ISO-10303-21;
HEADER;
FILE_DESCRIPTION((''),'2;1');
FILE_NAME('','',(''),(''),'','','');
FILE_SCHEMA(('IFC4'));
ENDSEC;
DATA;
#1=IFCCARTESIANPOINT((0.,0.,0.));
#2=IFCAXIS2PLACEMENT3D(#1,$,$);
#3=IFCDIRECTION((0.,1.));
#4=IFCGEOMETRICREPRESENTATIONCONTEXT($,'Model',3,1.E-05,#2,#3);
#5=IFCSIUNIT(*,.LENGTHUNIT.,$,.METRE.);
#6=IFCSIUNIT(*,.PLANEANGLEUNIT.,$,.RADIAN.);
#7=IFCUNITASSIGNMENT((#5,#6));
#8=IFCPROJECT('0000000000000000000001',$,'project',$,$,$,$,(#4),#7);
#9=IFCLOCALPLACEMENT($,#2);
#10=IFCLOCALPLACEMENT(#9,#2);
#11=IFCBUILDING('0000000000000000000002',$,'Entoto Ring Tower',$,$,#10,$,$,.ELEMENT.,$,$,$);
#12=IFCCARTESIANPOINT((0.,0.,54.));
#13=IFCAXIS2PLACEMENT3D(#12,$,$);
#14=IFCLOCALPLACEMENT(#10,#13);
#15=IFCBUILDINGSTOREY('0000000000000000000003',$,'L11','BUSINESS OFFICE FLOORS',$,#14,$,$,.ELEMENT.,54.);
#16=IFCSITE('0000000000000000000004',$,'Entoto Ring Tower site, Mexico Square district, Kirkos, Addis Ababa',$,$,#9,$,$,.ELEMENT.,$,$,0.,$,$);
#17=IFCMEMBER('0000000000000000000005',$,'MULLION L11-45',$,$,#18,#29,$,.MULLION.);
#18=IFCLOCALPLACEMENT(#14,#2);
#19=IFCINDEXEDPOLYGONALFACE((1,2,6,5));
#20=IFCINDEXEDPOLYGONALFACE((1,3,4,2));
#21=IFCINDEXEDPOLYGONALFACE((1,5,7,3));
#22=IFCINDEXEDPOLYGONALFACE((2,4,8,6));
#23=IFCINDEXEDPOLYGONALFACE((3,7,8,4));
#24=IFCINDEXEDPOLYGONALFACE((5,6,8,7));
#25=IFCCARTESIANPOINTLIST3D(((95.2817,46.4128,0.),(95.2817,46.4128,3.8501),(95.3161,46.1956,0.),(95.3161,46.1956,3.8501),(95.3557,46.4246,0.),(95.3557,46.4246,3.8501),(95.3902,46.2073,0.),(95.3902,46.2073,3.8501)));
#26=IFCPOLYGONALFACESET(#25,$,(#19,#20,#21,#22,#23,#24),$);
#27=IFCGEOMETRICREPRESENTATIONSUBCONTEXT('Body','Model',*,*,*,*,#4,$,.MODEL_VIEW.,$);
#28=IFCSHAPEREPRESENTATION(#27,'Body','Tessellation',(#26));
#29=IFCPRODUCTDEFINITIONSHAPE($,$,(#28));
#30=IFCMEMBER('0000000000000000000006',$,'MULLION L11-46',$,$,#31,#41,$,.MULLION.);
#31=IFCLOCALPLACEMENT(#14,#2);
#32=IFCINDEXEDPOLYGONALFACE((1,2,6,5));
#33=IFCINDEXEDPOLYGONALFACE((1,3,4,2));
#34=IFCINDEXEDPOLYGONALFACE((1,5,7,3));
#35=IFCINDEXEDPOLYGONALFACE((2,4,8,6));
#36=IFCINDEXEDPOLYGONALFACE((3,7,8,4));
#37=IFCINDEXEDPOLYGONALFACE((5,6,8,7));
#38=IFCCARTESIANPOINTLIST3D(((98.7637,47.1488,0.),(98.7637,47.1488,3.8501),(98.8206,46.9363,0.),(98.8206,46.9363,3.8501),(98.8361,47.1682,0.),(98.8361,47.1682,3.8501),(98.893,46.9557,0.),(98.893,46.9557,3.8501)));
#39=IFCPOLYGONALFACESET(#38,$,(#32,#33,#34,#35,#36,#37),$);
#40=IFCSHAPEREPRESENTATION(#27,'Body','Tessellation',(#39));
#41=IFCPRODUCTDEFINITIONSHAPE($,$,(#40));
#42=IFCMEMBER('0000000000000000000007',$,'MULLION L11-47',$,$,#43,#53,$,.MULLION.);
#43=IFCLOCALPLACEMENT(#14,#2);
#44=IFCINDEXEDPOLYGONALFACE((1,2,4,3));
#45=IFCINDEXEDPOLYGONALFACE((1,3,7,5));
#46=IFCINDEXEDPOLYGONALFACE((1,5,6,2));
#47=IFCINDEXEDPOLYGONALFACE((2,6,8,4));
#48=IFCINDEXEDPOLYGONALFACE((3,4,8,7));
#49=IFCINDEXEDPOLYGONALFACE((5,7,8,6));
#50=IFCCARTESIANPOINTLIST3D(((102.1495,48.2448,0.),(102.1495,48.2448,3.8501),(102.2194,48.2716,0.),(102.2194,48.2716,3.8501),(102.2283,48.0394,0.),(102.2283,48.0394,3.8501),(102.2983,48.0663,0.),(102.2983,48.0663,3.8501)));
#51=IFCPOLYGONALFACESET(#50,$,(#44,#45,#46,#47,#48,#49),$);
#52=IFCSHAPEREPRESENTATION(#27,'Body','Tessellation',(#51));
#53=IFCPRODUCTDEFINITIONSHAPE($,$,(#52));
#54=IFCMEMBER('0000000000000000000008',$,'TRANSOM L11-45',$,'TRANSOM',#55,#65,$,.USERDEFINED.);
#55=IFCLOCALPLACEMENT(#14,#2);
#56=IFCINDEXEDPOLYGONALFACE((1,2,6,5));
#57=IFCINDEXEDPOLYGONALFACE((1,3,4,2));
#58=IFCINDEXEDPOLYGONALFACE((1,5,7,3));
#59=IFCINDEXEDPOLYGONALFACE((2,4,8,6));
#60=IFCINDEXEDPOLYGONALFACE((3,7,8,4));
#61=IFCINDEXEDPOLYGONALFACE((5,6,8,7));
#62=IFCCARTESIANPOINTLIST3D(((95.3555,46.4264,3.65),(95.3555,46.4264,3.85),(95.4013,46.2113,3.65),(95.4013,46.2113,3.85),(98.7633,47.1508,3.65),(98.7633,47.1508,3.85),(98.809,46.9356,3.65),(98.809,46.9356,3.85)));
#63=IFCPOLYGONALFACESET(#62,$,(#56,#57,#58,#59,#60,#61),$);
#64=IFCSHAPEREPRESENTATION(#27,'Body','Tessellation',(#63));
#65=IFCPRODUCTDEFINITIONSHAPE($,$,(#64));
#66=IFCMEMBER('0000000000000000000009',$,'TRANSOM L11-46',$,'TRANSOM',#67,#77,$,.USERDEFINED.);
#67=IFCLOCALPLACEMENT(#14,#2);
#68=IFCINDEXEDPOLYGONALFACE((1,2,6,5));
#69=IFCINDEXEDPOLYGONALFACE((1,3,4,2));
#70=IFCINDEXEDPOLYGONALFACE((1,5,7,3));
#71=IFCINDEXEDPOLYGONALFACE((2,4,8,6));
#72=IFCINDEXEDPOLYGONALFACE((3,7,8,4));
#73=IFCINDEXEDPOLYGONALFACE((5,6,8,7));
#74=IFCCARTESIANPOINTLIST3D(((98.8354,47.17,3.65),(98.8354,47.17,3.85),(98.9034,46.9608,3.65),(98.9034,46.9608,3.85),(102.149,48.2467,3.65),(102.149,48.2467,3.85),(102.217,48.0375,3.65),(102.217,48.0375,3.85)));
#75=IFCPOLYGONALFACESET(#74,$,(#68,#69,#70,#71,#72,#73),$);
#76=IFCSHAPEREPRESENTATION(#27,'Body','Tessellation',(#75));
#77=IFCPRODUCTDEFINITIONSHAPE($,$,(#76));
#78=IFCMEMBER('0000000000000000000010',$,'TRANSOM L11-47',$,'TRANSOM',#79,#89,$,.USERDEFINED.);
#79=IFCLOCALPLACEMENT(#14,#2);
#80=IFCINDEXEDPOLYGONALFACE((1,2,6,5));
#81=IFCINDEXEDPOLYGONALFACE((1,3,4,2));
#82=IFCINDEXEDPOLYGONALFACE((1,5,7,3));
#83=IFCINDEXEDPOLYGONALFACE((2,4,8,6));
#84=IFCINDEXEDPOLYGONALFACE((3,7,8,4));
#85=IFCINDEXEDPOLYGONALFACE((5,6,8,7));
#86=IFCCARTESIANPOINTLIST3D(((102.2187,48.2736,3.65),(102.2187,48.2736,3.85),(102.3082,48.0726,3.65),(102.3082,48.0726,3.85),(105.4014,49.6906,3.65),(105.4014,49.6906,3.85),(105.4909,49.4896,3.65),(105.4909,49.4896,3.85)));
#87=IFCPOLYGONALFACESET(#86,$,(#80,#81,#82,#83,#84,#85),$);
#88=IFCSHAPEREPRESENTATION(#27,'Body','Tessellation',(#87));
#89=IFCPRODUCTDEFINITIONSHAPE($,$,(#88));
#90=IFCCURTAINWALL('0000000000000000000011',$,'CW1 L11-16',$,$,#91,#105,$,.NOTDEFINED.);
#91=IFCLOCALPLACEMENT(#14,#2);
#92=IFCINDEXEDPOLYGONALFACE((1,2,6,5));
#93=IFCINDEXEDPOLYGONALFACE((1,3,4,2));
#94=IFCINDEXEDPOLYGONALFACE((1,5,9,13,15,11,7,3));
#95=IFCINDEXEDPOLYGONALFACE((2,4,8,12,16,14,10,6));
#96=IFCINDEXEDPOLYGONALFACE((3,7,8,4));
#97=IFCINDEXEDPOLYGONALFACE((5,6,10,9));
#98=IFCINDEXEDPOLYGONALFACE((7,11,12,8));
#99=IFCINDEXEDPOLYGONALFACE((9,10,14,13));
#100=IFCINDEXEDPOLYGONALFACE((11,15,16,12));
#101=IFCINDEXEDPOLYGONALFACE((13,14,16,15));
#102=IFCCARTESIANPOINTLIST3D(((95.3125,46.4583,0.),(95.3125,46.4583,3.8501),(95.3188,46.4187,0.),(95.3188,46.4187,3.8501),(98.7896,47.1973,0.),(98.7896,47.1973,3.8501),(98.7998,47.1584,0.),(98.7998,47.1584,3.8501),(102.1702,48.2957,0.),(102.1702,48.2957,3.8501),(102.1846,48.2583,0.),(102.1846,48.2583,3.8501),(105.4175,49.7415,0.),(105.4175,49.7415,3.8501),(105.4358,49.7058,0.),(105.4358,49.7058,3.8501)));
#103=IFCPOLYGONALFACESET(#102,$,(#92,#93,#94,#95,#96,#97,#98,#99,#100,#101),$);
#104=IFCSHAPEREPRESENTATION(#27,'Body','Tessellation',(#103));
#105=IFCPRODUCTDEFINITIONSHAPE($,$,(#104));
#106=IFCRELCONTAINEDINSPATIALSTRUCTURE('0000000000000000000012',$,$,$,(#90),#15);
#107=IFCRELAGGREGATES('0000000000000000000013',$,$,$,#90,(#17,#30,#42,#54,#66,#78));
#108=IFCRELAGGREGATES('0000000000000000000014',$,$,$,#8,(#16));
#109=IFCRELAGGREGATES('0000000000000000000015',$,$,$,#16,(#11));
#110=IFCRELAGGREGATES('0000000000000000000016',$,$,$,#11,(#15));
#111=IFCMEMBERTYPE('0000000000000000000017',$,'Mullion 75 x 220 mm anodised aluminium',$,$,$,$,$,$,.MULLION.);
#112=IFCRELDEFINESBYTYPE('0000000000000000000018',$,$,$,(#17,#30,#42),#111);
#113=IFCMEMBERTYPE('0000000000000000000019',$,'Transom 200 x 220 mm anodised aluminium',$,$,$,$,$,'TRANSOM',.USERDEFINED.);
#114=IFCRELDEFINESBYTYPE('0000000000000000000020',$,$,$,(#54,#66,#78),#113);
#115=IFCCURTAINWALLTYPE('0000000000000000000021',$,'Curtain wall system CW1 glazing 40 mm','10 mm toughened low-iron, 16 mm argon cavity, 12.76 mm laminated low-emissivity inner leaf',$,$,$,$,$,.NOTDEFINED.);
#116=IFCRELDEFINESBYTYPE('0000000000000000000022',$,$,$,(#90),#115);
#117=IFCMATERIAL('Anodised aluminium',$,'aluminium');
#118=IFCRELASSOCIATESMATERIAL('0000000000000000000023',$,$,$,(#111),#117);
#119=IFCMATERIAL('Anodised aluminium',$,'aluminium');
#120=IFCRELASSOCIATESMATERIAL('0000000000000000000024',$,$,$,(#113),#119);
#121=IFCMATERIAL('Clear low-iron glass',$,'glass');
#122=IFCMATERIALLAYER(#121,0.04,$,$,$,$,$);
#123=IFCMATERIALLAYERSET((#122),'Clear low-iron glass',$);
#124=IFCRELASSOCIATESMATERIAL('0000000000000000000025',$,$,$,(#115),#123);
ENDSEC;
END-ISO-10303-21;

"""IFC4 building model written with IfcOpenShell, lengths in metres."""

from ifc_helpers import new_model, si_unit, direction, frame, origin, origin_2d, place, context, subcontext, project, spatial, polyline, rectangle, outline, extrude, material, layer, layer_set, material_profile, profile_set, type_object, element, aggregate, save


model = new_model("IFC4")

# Units and contexts
model_context = context("Model", 3, precision=1e-05, world=origin(), true_north=direction((0.0, 1.0)))
body_context = subcontext(model_context, "Body", "Model", "MODEL_VIEW")
ifc_project = project(units=[si_unit("LENGTHUNIT", "METRE"), si_unit("PLANEANGLEUNIT", "RADIAN")], contexts=[model_context])

# Members
ifc_material_1 = material(Name="Anodised aluminium", Category="aluminium")
ifc_material_profile_1 = material_profile(ifc_material_1, rectangle(XDim=0.075, YDim=0.22, at=origin_2d()), Name="Mullion 75 x 220 mm anodised aluminium")
ifc_profile_set_1 = profile_set([ifc_material_profile_1], Name="Anodised aluminium")
member_type_1 = type_object("IfcMemberType", Name="Mullion 75 x 220 mm anodised aluminium", PredefinedType="MULLION", material=ifc_profile_set_1)
site_placement = place(None, origin())
building_placement = place(site_placement, origin())
storey_placement = place(building_placement, frame((0.0, 0.0, 54.0)))
member_1_placement = place(storey_placement, frame((95.3359, 46.3101, 0.0), z_axis=(0.0, 0.0, 1.0), x_axis=(0.987688, 0.156434, 0.0)))
member_1 = element("IfcMember", 1, at=member_1_placement, type_object=member_type_1, Name="MULLION L11-45", PredefinedType="MULLION", context=body_context, shape_type="SweptSolid", body=[
    extrude(rectangle(XDim=0.075, YDim=0.22, at=origin_2d()), origin(), (0.0, 0.0, 1.0), 3.8501),
])
member_2_placement = place(storey_placement, frame((98.8284, 47.0522, 0.0), z_axis=(0.0, 0.0, 1.0), x_axis=(0.965926, 0.258819, 0.0)))
member_2 = element("IfcMember", 2, at=member_2_placement, type_object=member_type_1, Name="MULLION L11-46", PredefinedType="MULLION", context=body_context, shape_type="SweptSolid", body=[
    extrude(rectangle(XDim=0.075, YDim=0.22, at=origin_2d()), origin(), (0.0, 0.0, 1.0), 3.8501),
])
member_3_placement = place(storey_placement, frame((102.2239, 48.1555, 0.0), z_axis=(0.0, 0.0, 1.0), x_axis=(0.93358, 0.358368, 0.0)))
member_3 = element("IfcMember", 3, at=member_3_placement, type_object=member_type_1, Name="MULLION L11-47", PredefinedType="MULLION", context=body_context, shape_type="SweptSolid", body=[
    extrude(rectangle(XDim=0.075, YDim=0.22, at=origin_2d()), origin(), (0.0, 0.0, 1.0), 3.8501),
])
ifc_material_2 = material(Name="Anodised aluminium", Category="aluminium")
ifc_material_profile_2 = material_profile(ifc_material_2, rectangle(XDim=0.22, YDim=0.2, at=origin_2d()), Name="Transom 200 x 220 mm anodised aluminium")
ifc_profile_set_2 = profile_set([ifc_material_profile_2], Name="Anodised aluminium")
member_type_2 = type_object("IfcMemberType", Name="Transom 200 x 220 mm anodised aluminium", ElementType="TRANSOM", PredefinedType="USERDEFINED", material=ifc_profile_set_2)
member_4_placement = place(storey_placement, frame((95.3784, 46.3188, 3.75), z_axis=(0.978146, 0.207921, 0.0), x_axis=(-0.207921, 0.978146, 0.0)))
member_4 = element("IfcMember", 4, at=member_4_placement, type_object=member_type_2, Name="TRANSOM L11-45", ObjectType="TRANSOM", PredefinedType="USERDEFINED", context=body_context, shape_type="SweptSolid", body=[
    extrude(rectangle(XDim=0.22, YDim=0.2, at=origin_2d()), origin(), (0.0, 0.0, 1.0), 3.4839),
])
member_5_placement = place(storey_placement, frame((98.8694, 47.0654, 3.75), z_axis=(0.951053, 0.309029, 0.0), x_axis=(-0.309029, 0.951053, 0.0)))
member_5 = element("IfcMember", 5, at=member_5_placement, type_object=member_type_2, Name="TRANSOM L11-46", ObjectType="TRANSOM", PredefinedType="USERDEFINED", context=body_context, shape_type="SweptSolid", body=[
    extrude(rectangle(XDim=0.22, YDim=0.2, at=origin_2d()), origin(), (0.0, 0.0, 1.0), 3.4841),
])
member_6_placement = place(storey_placement, frame((102.2634, 48.1731, 3.75), z_axis=(0.913545, 0.406737, 0.0), x_axis=(-0.406737, 0.913545, 0.0)))
member_6 = element("IfcMember", 6, at=member_6_placement, type_object=member_type_2, Name="TRANSOM L11-47", ObjectType="TRANSOM", PredefinedType="USERDEFINED", context=body_context, shape_type="SweptSolid", body=[
    extrude(rectangle(XDim=0.22, YDim=0.2, at=origin_2d()), origin(), (0.0, 0.0, 1.0), 3.4839),
])

# Site, building, storey
site = spatial("IfcSite", under=ifc_project, at=site_placement, Name="Entoto Ring Tower site, Mexico Square district, Kirkos, Addis Ababa", CompositionType="ELEMENT", RefElevation=0.0)
building = spatial("IfcBuilding", under=site, at=building_placement, Name="Entoto Ring Tower", CompositionType="ELEMENT")
storey = spatial("IfcBuildingStorey", under=building, at=storey_placement, Name="L11", Description="BUSINESS OFFICE FLOORS", CompositionType="ELEMENT", Elevation=54.0)

# Curtain wall
ifc_material_3 = material(Name="Clear low-iron glass", Category="glass")
ifc_layer_1 = layer(ifc_material_3, 0.04)
ifc_layer_set_1 = layer_set([ifc_layer_1], Name="Clear low-iron glass")
curtain_wall_type = type_object("IfcCurtainWallType", Name="Curtain wall system CW1 glazing 40 mm", Description="10 mm toughened low-iron, 16 mm argon cavity, 12.76 mm laminated low-emissivity inner leaf", PredefinedType="NOTDEFINED", material=ifc_layer_set_1)
curtain_wall_1_placement = place(storey_placement, origin())
curtain_wall_1 = element("IfcCurtainWall", 7, at=curtain_wall_1_placement, inside=storey, type_object=curtain_wall_type, Name="CW1 L11-16", PredefinedType="NOTDEFINED", context=body_context, shape_type="SweptSolid", body=[
    extrude(outline(polyline([(95.3188, 46.4187), (98.7998, 47.1584), (102.1846, 48.2583), (105.4358, 49.7058), (105.4175, 49.7415), (102.1702, 48.2957), (98.7896, 47.1973), (95.3125, 46.4583), (95.3188, 46.4187)])), origin(), (0.0, 0.0, 1.0), 3.8501),
])
aggregate(curtain_wall_1, [member_1, member_2, member_3, member_4, member_5, member_6])

save(model, "model.ifc")
